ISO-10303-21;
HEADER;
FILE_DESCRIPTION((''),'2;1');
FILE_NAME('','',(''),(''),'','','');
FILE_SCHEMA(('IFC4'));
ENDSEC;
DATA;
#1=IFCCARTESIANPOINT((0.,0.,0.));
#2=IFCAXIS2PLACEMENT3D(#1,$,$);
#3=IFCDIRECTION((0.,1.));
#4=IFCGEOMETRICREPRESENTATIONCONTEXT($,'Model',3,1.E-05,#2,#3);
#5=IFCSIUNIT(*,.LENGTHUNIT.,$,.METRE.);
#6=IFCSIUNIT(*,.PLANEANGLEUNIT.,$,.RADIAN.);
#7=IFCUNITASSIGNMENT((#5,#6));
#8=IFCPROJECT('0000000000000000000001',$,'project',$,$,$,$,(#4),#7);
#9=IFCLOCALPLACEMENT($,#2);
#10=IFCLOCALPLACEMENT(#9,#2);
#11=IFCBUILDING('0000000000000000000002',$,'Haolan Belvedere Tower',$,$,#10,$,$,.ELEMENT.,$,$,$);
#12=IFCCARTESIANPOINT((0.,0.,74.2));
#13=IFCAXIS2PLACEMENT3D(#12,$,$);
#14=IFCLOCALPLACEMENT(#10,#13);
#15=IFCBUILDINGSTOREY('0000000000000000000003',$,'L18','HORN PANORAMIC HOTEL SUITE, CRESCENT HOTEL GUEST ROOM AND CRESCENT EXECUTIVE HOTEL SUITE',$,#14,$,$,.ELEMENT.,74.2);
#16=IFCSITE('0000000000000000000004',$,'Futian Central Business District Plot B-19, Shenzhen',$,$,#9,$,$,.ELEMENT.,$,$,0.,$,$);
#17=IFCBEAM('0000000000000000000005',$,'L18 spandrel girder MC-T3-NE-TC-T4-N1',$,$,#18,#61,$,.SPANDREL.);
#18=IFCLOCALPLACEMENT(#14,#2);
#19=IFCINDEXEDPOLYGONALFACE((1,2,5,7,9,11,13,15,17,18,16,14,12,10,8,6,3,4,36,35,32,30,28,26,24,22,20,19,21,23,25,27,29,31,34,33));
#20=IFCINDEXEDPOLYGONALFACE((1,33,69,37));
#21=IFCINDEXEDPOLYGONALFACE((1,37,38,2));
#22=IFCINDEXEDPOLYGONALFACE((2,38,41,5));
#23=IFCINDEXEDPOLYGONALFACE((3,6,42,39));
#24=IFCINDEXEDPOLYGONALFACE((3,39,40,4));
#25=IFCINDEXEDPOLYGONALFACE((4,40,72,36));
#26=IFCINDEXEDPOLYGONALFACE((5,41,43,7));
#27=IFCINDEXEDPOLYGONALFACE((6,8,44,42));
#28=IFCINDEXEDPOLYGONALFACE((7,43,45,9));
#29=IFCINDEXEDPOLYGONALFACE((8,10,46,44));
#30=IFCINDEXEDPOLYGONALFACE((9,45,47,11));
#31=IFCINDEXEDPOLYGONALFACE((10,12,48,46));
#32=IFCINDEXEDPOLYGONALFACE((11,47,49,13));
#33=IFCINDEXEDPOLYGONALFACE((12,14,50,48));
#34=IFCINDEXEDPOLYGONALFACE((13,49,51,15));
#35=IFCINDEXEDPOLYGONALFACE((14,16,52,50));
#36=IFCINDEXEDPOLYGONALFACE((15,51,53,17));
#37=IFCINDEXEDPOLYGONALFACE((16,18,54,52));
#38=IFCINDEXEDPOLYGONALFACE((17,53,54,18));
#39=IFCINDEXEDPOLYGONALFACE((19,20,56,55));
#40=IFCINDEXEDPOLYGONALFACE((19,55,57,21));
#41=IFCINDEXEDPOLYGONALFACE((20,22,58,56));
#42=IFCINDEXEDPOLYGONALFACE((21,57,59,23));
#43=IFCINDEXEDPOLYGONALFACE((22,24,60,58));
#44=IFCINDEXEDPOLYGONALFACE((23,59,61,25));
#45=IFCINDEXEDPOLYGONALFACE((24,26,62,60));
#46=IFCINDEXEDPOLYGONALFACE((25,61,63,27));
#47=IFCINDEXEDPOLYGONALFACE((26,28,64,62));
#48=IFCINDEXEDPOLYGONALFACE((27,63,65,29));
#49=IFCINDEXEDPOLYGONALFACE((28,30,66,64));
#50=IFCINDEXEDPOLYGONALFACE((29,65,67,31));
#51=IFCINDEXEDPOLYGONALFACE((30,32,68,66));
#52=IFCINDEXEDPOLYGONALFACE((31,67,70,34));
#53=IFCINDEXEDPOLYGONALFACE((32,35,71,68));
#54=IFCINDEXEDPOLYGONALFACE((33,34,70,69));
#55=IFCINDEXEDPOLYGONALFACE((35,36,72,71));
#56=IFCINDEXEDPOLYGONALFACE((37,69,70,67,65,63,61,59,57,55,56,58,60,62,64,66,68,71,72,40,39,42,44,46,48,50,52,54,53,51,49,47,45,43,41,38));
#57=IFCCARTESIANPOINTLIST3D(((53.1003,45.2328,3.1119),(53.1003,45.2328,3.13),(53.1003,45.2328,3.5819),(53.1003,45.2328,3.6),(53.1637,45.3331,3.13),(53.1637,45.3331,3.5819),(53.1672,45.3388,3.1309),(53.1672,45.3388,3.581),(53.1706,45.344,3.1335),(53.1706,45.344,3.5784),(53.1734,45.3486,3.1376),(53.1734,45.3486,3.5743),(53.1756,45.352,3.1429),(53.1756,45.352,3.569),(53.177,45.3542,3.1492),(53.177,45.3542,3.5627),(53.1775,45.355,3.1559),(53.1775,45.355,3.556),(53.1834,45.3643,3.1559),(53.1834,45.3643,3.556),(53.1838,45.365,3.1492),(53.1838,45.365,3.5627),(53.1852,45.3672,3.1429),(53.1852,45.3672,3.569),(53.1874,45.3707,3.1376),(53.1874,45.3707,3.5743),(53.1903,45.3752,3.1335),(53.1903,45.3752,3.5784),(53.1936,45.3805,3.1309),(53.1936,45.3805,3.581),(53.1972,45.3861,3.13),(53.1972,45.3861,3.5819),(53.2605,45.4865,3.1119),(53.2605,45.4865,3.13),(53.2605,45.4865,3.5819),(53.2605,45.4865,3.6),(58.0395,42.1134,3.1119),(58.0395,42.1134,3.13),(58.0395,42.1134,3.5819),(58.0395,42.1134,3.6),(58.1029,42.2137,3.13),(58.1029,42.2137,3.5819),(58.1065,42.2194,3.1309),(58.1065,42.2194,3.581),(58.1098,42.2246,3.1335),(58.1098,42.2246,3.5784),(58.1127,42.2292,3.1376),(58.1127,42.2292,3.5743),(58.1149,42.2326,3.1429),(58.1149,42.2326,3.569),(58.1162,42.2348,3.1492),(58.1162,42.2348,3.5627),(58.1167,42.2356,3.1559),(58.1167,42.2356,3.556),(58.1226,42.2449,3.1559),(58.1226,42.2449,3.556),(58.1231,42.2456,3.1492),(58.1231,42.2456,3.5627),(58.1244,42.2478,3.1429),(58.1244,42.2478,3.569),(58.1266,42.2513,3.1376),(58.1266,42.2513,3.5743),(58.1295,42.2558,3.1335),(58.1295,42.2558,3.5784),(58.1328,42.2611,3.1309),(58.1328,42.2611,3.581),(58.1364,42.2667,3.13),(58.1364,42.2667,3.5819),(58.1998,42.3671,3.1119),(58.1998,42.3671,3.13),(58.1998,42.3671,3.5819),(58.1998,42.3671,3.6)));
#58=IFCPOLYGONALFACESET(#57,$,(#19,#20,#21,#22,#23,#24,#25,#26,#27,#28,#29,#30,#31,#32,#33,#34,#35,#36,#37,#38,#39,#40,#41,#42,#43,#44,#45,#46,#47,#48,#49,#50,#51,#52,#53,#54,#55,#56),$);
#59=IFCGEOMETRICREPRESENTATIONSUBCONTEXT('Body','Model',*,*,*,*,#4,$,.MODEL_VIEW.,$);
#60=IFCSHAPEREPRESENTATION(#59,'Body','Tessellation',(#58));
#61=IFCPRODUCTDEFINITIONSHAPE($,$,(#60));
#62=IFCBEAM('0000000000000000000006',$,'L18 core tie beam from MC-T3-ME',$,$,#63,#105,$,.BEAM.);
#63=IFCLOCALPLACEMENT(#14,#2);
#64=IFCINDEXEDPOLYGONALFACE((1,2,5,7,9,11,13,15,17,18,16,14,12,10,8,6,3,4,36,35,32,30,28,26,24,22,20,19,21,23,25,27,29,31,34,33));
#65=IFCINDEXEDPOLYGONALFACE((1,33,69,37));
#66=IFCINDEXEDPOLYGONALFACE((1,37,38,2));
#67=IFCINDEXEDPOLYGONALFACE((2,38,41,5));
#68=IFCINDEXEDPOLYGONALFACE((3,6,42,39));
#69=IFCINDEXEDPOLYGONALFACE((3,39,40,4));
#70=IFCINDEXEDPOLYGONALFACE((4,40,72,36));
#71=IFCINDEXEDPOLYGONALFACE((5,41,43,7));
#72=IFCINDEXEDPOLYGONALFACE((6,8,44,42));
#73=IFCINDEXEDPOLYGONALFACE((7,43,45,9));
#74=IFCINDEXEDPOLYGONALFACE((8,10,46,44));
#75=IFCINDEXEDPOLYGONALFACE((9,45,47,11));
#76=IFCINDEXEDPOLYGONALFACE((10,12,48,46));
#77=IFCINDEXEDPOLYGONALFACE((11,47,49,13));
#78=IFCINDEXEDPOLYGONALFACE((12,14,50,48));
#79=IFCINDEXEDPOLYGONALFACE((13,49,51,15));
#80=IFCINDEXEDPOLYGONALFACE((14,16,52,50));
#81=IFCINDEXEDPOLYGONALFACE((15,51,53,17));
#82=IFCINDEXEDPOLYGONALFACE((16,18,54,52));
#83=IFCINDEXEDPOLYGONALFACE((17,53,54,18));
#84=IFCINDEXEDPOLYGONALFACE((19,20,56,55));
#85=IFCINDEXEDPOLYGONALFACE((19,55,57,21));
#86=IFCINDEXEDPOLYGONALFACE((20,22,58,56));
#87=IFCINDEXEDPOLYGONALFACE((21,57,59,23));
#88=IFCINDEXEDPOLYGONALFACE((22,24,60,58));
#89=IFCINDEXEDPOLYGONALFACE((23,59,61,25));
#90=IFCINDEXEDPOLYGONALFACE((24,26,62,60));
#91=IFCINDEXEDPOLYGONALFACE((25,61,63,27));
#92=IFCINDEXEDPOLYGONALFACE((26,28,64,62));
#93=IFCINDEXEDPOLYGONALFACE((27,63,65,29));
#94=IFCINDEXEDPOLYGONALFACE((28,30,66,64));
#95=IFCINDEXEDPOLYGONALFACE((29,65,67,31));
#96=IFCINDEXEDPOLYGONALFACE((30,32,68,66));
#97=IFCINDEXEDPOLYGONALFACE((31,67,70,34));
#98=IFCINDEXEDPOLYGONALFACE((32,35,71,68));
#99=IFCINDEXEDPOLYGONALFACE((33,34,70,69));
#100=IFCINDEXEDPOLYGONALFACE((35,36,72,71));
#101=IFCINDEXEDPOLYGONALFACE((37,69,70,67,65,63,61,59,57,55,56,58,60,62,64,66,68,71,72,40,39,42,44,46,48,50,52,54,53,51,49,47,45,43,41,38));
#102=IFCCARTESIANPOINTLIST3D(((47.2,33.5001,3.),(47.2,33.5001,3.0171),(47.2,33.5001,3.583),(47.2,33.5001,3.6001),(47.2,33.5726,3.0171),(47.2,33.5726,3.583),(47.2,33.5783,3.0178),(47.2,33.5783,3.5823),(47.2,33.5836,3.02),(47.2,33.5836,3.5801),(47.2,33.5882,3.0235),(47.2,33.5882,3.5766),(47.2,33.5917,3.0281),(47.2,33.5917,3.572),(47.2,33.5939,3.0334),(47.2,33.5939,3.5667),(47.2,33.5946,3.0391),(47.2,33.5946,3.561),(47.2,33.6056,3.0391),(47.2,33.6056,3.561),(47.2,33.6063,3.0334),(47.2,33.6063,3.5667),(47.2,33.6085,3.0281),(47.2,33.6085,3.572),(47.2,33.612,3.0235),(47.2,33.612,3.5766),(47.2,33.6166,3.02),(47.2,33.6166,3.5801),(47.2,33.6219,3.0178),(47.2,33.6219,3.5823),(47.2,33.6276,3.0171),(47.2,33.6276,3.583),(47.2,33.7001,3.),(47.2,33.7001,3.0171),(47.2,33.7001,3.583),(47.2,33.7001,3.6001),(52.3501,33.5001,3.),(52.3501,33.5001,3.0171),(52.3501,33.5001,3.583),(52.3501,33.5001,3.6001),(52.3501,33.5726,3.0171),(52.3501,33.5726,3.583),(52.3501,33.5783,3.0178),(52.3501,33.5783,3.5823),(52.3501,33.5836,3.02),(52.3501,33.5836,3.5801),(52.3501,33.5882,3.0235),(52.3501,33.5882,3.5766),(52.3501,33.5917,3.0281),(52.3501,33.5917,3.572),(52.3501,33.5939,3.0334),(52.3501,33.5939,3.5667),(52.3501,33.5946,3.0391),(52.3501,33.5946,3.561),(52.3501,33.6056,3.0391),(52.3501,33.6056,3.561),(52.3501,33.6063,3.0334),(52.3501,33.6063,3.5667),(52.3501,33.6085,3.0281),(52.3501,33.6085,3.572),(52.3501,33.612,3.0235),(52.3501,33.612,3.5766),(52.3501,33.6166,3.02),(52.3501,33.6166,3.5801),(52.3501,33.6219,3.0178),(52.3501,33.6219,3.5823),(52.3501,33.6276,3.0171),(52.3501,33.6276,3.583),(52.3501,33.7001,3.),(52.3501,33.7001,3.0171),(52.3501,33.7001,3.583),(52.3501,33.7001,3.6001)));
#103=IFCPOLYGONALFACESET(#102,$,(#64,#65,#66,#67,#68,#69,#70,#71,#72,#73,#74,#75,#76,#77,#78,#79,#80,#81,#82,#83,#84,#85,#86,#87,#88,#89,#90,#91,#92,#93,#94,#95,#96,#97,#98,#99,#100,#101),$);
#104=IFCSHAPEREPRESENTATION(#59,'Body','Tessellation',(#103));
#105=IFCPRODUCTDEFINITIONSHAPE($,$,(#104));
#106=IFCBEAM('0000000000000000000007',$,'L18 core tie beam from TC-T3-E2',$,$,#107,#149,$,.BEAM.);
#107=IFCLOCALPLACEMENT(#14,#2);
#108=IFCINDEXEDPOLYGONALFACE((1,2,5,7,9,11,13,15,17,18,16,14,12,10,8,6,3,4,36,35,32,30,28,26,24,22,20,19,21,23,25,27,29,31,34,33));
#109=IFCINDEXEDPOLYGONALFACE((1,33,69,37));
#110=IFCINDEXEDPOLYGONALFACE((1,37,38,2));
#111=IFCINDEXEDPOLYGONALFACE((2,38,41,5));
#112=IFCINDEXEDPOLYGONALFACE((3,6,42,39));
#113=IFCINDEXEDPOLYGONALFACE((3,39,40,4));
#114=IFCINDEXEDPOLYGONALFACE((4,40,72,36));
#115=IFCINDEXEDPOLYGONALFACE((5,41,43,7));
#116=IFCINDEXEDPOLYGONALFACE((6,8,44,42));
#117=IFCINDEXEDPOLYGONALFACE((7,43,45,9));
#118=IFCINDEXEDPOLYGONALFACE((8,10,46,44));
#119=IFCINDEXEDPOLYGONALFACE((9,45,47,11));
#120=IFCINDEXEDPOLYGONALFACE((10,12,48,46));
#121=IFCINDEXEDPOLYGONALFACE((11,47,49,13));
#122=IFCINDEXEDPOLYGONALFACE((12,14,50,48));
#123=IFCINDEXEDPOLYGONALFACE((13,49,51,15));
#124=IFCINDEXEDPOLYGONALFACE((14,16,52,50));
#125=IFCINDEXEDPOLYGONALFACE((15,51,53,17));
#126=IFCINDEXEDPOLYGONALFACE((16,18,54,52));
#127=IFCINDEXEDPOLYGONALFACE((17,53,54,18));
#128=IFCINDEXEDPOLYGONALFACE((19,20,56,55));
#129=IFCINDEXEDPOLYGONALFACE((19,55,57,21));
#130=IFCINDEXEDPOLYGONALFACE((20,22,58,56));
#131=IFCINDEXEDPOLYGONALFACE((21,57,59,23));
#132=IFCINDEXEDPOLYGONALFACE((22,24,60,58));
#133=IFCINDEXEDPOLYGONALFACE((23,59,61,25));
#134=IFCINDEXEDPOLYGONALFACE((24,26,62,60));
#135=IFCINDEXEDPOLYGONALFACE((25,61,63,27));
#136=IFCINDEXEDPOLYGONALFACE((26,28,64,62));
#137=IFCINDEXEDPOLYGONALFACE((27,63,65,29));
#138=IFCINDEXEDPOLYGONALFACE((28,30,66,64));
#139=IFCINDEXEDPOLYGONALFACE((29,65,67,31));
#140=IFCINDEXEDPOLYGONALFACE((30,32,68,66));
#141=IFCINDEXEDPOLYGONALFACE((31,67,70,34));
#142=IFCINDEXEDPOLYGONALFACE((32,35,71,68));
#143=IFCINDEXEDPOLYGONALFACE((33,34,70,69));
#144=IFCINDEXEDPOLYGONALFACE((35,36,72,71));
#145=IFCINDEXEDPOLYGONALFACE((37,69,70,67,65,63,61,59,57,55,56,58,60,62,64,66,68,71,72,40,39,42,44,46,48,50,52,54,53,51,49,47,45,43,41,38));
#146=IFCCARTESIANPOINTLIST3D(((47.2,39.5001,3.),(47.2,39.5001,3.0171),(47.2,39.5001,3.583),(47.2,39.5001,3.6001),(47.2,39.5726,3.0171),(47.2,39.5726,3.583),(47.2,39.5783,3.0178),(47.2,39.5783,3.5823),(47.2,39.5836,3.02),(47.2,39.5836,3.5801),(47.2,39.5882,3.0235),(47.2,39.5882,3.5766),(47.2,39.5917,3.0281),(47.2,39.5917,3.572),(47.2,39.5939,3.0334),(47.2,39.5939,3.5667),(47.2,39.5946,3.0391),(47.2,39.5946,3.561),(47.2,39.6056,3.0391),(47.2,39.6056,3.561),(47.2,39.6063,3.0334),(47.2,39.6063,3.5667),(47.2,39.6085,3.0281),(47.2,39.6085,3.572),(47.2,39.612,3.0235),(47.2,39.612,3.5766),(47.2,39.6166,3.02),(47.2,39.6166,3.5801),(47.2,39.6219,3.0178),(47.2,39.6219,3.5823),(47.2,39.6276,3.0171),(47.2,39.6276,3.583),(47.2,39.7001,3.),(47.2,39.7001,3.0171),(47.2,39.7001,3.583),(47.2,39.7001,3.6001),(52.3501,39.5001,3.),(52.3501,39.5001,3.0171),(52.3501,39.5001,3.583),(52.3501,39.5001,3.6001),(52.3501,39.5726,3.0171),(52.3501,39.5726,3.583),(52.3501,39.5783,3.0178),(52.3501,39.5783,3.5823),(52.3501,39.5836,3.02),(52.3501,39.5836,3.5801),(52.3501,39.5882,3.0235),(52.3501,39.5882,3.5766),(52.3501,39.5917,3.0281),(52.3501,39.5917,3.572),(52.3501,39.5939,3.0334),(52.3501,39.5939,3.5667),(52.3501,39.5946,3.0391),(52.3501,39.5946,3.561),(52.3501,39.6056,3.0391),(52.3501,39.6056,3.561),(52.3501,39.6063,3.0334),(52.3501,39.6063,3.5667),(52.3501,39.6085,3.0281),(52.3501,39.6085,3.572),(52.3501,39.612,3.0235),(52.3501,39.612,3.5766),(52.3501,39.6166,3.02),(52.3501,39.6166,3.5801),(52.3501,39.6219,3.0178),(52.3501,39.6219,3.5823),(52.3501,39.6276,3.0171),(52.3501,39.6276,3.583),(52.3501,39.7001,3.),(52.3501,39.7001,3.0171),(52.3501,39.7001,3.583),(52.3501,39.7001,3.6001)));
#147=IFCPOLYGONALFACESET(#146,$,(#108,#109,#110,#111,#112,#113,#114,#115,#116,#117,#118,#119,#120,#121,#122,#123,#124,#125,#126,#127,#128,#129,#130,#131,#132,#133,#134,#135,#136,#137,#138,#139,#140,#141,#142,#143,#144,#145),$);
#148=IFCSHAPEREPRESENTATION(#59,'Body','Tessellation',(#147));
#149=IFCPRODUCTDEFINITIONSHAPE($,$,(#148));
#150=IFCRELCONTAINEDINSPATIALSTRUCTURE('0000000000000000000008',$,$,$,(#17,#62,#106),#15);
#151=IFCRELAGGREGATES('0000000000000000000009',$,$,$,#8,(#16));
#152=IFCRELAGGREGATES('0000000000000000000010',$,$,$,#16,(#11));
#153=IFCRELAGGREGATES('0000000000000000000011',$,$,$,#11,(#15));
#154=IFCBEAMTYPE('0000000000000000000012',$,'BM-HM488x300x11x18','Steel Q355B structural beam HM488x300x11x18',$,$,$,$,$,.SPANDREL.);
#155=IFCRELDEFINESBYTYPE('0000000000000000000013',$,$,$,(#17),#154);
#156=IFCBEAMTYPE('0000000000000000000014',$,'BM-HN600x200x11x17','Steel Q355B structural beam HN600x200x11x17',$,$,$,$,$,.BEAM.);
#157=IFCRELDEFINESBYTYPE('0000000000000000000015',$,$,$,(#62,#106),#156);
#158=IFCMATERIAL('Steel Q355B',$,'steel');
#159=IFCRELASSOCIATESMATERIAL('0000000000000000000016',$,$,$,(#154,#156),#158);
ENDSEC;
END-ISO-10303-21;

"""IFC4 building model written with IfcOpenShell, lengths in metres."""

from ifc_helpers import new_model, si_unit, direction, frame, origin, origin_2d, place, context, subcontext, project, spatial, i_section, extrude, material, material_profile, profile_set, type_object, element, save


model = new_model("IFC4")

# Units and contexts
model_context = context("Model", 3, precision=1e-05, world=origin(), true_north=direction((0.0, 1.0)))
body_context = subcontext(model_context, "Body", "Model", "MODEL_VIEW")
ifc_project = project(units=[si_unit("LENGTHUNIT", "METRE"), si_unit("PLANEANGLEUNIT", "RADIAN")], contexts=[model_context])

# Site, building, storey
site_placement = place(None, origin())
site = spatial("IfcSite", under=ifc_project, at=site_placement, Name="Futian Central Business District Plot B-19, Shenzhen", CompositionType="ELEMENT", RefElevation=0.0)
building_placement = place(site_placement, origin())
building = spatial("IfcBuilding", under=site, at=building_placement, Name="Haolan Belvedere Tower", CompositionType="ELEMENT")
storey_placement = place(building_placement, frame((0.0, 0.0, 74.2)))
storey = spatial("IfcBuildingStorey", under=building, at=storey_placement, Name="L18", Description="HORN PANORAMIC HOTEL SUITE, CRESCENT HOTEL GUEST ROOM AND CRESCENT EXECUTIVE HOTEL SUITE", CompositionType="ELEMENT", Elevation=74.2)

# Shared definitions
ifc_material_1 = material(Name="Steel Q355B", Category="steel")

# Beams
ifc_material_profile_1 = material_profile(ifc_material_1, i_section(OverallWidth=0.3, OverallDepth=0.488, WebThickness=0.011, FlangeThickness=0.0181, FilletRadius=0.0259, at=origin_2d()), Name="Steel Q355B")
ifc_profile_set_1 = profile_set([ifc_material_profile_1], Name="Steel Q355B")
beam_type_1 = type_object("IfcBeamType", Name="BM-HM488x300x11x18", Description="Steel Q355B structural beam HM488x300x11x18", PredefinedType="SPANDREL", material=ifc_profile_set_1)
beam_placement = place(storey_placement, frame((53.1804, 45.3596, 3.356), z_axis=(0.845498, -0.533979, 0.0), x_axis=(0.533979, 0.845498, 0.0)))
element("IfcBeam", 1, at=beam_placement, inside=storey, type_object=beam_type_1, Name="L18 spandrel girder MC-T3-NE-TC-T4-N1", PredefinedType="SPANDREL", context=body_context, shape_type="SweptSolid", body=[
    extrude(i_section(OverallWidth=0.3, OverallDepth=0.488, WebThickness=0.011, FlangeThickness=0.0181, FilletRadius=0.0259, at=origin_2d()), origin(), (0.0, 0.0, 1.0), 5.8418),
])
ifc_material_profile_2 = material_profile(ifc_material_1, i_section(OverallWidth=0.2, OverallDepth=0.6001, WebThickness=0.011, FlangeThickness=0.0171, FilletRadius=0.022, at=origin_2d()), Name="Steel Q355B")
ifc_profile_set_2 = profile_set([ifc_material_profile_2], Name="Steel Q355B")
beam_type_2 = type_object("IfcBeamType", Name="BM-HN600x200x11x17", Description="Steel Q355B structural beam HN600x200x11x17", PredefinedType="BEAM", material=ifc_profile_set_2)
for number, where, z_axis, x_axis, name in (
    (2, (52.3501, 33.6001, 3.3), (-1.0, 0.0, 0.0), (0.0, -1.0, 0.0), "L18 core tie beam from MC-T3-ME"),
    (3, (52.3501, 39.6001, 3.3), (-1.0, 0.0, 0.0), (0.0, -1.0, 0.0), "L18 core tie beam from TC-T3-E2"),
):
    element("IfcBeam", number, at=place(storey_placement, frame(where, z_axis=z_axis, x_axis=x_axis)), inside=storey, type_object=beam_type_2, Name=name, PredefinedType="BEAM", context=body_context, shape_type="SweptSolid", body=[
        extrude(i_section(OverallWidth=0.2, OverallDepth=0.6001, WebThickness=0.011, FlangeThickness=0.0171, FilletRadius=0.022, at=origin_2d()), origin(), (0.0, 0.0, 1.0), 5.1501),
    ])

save(model, "model.ifc")
